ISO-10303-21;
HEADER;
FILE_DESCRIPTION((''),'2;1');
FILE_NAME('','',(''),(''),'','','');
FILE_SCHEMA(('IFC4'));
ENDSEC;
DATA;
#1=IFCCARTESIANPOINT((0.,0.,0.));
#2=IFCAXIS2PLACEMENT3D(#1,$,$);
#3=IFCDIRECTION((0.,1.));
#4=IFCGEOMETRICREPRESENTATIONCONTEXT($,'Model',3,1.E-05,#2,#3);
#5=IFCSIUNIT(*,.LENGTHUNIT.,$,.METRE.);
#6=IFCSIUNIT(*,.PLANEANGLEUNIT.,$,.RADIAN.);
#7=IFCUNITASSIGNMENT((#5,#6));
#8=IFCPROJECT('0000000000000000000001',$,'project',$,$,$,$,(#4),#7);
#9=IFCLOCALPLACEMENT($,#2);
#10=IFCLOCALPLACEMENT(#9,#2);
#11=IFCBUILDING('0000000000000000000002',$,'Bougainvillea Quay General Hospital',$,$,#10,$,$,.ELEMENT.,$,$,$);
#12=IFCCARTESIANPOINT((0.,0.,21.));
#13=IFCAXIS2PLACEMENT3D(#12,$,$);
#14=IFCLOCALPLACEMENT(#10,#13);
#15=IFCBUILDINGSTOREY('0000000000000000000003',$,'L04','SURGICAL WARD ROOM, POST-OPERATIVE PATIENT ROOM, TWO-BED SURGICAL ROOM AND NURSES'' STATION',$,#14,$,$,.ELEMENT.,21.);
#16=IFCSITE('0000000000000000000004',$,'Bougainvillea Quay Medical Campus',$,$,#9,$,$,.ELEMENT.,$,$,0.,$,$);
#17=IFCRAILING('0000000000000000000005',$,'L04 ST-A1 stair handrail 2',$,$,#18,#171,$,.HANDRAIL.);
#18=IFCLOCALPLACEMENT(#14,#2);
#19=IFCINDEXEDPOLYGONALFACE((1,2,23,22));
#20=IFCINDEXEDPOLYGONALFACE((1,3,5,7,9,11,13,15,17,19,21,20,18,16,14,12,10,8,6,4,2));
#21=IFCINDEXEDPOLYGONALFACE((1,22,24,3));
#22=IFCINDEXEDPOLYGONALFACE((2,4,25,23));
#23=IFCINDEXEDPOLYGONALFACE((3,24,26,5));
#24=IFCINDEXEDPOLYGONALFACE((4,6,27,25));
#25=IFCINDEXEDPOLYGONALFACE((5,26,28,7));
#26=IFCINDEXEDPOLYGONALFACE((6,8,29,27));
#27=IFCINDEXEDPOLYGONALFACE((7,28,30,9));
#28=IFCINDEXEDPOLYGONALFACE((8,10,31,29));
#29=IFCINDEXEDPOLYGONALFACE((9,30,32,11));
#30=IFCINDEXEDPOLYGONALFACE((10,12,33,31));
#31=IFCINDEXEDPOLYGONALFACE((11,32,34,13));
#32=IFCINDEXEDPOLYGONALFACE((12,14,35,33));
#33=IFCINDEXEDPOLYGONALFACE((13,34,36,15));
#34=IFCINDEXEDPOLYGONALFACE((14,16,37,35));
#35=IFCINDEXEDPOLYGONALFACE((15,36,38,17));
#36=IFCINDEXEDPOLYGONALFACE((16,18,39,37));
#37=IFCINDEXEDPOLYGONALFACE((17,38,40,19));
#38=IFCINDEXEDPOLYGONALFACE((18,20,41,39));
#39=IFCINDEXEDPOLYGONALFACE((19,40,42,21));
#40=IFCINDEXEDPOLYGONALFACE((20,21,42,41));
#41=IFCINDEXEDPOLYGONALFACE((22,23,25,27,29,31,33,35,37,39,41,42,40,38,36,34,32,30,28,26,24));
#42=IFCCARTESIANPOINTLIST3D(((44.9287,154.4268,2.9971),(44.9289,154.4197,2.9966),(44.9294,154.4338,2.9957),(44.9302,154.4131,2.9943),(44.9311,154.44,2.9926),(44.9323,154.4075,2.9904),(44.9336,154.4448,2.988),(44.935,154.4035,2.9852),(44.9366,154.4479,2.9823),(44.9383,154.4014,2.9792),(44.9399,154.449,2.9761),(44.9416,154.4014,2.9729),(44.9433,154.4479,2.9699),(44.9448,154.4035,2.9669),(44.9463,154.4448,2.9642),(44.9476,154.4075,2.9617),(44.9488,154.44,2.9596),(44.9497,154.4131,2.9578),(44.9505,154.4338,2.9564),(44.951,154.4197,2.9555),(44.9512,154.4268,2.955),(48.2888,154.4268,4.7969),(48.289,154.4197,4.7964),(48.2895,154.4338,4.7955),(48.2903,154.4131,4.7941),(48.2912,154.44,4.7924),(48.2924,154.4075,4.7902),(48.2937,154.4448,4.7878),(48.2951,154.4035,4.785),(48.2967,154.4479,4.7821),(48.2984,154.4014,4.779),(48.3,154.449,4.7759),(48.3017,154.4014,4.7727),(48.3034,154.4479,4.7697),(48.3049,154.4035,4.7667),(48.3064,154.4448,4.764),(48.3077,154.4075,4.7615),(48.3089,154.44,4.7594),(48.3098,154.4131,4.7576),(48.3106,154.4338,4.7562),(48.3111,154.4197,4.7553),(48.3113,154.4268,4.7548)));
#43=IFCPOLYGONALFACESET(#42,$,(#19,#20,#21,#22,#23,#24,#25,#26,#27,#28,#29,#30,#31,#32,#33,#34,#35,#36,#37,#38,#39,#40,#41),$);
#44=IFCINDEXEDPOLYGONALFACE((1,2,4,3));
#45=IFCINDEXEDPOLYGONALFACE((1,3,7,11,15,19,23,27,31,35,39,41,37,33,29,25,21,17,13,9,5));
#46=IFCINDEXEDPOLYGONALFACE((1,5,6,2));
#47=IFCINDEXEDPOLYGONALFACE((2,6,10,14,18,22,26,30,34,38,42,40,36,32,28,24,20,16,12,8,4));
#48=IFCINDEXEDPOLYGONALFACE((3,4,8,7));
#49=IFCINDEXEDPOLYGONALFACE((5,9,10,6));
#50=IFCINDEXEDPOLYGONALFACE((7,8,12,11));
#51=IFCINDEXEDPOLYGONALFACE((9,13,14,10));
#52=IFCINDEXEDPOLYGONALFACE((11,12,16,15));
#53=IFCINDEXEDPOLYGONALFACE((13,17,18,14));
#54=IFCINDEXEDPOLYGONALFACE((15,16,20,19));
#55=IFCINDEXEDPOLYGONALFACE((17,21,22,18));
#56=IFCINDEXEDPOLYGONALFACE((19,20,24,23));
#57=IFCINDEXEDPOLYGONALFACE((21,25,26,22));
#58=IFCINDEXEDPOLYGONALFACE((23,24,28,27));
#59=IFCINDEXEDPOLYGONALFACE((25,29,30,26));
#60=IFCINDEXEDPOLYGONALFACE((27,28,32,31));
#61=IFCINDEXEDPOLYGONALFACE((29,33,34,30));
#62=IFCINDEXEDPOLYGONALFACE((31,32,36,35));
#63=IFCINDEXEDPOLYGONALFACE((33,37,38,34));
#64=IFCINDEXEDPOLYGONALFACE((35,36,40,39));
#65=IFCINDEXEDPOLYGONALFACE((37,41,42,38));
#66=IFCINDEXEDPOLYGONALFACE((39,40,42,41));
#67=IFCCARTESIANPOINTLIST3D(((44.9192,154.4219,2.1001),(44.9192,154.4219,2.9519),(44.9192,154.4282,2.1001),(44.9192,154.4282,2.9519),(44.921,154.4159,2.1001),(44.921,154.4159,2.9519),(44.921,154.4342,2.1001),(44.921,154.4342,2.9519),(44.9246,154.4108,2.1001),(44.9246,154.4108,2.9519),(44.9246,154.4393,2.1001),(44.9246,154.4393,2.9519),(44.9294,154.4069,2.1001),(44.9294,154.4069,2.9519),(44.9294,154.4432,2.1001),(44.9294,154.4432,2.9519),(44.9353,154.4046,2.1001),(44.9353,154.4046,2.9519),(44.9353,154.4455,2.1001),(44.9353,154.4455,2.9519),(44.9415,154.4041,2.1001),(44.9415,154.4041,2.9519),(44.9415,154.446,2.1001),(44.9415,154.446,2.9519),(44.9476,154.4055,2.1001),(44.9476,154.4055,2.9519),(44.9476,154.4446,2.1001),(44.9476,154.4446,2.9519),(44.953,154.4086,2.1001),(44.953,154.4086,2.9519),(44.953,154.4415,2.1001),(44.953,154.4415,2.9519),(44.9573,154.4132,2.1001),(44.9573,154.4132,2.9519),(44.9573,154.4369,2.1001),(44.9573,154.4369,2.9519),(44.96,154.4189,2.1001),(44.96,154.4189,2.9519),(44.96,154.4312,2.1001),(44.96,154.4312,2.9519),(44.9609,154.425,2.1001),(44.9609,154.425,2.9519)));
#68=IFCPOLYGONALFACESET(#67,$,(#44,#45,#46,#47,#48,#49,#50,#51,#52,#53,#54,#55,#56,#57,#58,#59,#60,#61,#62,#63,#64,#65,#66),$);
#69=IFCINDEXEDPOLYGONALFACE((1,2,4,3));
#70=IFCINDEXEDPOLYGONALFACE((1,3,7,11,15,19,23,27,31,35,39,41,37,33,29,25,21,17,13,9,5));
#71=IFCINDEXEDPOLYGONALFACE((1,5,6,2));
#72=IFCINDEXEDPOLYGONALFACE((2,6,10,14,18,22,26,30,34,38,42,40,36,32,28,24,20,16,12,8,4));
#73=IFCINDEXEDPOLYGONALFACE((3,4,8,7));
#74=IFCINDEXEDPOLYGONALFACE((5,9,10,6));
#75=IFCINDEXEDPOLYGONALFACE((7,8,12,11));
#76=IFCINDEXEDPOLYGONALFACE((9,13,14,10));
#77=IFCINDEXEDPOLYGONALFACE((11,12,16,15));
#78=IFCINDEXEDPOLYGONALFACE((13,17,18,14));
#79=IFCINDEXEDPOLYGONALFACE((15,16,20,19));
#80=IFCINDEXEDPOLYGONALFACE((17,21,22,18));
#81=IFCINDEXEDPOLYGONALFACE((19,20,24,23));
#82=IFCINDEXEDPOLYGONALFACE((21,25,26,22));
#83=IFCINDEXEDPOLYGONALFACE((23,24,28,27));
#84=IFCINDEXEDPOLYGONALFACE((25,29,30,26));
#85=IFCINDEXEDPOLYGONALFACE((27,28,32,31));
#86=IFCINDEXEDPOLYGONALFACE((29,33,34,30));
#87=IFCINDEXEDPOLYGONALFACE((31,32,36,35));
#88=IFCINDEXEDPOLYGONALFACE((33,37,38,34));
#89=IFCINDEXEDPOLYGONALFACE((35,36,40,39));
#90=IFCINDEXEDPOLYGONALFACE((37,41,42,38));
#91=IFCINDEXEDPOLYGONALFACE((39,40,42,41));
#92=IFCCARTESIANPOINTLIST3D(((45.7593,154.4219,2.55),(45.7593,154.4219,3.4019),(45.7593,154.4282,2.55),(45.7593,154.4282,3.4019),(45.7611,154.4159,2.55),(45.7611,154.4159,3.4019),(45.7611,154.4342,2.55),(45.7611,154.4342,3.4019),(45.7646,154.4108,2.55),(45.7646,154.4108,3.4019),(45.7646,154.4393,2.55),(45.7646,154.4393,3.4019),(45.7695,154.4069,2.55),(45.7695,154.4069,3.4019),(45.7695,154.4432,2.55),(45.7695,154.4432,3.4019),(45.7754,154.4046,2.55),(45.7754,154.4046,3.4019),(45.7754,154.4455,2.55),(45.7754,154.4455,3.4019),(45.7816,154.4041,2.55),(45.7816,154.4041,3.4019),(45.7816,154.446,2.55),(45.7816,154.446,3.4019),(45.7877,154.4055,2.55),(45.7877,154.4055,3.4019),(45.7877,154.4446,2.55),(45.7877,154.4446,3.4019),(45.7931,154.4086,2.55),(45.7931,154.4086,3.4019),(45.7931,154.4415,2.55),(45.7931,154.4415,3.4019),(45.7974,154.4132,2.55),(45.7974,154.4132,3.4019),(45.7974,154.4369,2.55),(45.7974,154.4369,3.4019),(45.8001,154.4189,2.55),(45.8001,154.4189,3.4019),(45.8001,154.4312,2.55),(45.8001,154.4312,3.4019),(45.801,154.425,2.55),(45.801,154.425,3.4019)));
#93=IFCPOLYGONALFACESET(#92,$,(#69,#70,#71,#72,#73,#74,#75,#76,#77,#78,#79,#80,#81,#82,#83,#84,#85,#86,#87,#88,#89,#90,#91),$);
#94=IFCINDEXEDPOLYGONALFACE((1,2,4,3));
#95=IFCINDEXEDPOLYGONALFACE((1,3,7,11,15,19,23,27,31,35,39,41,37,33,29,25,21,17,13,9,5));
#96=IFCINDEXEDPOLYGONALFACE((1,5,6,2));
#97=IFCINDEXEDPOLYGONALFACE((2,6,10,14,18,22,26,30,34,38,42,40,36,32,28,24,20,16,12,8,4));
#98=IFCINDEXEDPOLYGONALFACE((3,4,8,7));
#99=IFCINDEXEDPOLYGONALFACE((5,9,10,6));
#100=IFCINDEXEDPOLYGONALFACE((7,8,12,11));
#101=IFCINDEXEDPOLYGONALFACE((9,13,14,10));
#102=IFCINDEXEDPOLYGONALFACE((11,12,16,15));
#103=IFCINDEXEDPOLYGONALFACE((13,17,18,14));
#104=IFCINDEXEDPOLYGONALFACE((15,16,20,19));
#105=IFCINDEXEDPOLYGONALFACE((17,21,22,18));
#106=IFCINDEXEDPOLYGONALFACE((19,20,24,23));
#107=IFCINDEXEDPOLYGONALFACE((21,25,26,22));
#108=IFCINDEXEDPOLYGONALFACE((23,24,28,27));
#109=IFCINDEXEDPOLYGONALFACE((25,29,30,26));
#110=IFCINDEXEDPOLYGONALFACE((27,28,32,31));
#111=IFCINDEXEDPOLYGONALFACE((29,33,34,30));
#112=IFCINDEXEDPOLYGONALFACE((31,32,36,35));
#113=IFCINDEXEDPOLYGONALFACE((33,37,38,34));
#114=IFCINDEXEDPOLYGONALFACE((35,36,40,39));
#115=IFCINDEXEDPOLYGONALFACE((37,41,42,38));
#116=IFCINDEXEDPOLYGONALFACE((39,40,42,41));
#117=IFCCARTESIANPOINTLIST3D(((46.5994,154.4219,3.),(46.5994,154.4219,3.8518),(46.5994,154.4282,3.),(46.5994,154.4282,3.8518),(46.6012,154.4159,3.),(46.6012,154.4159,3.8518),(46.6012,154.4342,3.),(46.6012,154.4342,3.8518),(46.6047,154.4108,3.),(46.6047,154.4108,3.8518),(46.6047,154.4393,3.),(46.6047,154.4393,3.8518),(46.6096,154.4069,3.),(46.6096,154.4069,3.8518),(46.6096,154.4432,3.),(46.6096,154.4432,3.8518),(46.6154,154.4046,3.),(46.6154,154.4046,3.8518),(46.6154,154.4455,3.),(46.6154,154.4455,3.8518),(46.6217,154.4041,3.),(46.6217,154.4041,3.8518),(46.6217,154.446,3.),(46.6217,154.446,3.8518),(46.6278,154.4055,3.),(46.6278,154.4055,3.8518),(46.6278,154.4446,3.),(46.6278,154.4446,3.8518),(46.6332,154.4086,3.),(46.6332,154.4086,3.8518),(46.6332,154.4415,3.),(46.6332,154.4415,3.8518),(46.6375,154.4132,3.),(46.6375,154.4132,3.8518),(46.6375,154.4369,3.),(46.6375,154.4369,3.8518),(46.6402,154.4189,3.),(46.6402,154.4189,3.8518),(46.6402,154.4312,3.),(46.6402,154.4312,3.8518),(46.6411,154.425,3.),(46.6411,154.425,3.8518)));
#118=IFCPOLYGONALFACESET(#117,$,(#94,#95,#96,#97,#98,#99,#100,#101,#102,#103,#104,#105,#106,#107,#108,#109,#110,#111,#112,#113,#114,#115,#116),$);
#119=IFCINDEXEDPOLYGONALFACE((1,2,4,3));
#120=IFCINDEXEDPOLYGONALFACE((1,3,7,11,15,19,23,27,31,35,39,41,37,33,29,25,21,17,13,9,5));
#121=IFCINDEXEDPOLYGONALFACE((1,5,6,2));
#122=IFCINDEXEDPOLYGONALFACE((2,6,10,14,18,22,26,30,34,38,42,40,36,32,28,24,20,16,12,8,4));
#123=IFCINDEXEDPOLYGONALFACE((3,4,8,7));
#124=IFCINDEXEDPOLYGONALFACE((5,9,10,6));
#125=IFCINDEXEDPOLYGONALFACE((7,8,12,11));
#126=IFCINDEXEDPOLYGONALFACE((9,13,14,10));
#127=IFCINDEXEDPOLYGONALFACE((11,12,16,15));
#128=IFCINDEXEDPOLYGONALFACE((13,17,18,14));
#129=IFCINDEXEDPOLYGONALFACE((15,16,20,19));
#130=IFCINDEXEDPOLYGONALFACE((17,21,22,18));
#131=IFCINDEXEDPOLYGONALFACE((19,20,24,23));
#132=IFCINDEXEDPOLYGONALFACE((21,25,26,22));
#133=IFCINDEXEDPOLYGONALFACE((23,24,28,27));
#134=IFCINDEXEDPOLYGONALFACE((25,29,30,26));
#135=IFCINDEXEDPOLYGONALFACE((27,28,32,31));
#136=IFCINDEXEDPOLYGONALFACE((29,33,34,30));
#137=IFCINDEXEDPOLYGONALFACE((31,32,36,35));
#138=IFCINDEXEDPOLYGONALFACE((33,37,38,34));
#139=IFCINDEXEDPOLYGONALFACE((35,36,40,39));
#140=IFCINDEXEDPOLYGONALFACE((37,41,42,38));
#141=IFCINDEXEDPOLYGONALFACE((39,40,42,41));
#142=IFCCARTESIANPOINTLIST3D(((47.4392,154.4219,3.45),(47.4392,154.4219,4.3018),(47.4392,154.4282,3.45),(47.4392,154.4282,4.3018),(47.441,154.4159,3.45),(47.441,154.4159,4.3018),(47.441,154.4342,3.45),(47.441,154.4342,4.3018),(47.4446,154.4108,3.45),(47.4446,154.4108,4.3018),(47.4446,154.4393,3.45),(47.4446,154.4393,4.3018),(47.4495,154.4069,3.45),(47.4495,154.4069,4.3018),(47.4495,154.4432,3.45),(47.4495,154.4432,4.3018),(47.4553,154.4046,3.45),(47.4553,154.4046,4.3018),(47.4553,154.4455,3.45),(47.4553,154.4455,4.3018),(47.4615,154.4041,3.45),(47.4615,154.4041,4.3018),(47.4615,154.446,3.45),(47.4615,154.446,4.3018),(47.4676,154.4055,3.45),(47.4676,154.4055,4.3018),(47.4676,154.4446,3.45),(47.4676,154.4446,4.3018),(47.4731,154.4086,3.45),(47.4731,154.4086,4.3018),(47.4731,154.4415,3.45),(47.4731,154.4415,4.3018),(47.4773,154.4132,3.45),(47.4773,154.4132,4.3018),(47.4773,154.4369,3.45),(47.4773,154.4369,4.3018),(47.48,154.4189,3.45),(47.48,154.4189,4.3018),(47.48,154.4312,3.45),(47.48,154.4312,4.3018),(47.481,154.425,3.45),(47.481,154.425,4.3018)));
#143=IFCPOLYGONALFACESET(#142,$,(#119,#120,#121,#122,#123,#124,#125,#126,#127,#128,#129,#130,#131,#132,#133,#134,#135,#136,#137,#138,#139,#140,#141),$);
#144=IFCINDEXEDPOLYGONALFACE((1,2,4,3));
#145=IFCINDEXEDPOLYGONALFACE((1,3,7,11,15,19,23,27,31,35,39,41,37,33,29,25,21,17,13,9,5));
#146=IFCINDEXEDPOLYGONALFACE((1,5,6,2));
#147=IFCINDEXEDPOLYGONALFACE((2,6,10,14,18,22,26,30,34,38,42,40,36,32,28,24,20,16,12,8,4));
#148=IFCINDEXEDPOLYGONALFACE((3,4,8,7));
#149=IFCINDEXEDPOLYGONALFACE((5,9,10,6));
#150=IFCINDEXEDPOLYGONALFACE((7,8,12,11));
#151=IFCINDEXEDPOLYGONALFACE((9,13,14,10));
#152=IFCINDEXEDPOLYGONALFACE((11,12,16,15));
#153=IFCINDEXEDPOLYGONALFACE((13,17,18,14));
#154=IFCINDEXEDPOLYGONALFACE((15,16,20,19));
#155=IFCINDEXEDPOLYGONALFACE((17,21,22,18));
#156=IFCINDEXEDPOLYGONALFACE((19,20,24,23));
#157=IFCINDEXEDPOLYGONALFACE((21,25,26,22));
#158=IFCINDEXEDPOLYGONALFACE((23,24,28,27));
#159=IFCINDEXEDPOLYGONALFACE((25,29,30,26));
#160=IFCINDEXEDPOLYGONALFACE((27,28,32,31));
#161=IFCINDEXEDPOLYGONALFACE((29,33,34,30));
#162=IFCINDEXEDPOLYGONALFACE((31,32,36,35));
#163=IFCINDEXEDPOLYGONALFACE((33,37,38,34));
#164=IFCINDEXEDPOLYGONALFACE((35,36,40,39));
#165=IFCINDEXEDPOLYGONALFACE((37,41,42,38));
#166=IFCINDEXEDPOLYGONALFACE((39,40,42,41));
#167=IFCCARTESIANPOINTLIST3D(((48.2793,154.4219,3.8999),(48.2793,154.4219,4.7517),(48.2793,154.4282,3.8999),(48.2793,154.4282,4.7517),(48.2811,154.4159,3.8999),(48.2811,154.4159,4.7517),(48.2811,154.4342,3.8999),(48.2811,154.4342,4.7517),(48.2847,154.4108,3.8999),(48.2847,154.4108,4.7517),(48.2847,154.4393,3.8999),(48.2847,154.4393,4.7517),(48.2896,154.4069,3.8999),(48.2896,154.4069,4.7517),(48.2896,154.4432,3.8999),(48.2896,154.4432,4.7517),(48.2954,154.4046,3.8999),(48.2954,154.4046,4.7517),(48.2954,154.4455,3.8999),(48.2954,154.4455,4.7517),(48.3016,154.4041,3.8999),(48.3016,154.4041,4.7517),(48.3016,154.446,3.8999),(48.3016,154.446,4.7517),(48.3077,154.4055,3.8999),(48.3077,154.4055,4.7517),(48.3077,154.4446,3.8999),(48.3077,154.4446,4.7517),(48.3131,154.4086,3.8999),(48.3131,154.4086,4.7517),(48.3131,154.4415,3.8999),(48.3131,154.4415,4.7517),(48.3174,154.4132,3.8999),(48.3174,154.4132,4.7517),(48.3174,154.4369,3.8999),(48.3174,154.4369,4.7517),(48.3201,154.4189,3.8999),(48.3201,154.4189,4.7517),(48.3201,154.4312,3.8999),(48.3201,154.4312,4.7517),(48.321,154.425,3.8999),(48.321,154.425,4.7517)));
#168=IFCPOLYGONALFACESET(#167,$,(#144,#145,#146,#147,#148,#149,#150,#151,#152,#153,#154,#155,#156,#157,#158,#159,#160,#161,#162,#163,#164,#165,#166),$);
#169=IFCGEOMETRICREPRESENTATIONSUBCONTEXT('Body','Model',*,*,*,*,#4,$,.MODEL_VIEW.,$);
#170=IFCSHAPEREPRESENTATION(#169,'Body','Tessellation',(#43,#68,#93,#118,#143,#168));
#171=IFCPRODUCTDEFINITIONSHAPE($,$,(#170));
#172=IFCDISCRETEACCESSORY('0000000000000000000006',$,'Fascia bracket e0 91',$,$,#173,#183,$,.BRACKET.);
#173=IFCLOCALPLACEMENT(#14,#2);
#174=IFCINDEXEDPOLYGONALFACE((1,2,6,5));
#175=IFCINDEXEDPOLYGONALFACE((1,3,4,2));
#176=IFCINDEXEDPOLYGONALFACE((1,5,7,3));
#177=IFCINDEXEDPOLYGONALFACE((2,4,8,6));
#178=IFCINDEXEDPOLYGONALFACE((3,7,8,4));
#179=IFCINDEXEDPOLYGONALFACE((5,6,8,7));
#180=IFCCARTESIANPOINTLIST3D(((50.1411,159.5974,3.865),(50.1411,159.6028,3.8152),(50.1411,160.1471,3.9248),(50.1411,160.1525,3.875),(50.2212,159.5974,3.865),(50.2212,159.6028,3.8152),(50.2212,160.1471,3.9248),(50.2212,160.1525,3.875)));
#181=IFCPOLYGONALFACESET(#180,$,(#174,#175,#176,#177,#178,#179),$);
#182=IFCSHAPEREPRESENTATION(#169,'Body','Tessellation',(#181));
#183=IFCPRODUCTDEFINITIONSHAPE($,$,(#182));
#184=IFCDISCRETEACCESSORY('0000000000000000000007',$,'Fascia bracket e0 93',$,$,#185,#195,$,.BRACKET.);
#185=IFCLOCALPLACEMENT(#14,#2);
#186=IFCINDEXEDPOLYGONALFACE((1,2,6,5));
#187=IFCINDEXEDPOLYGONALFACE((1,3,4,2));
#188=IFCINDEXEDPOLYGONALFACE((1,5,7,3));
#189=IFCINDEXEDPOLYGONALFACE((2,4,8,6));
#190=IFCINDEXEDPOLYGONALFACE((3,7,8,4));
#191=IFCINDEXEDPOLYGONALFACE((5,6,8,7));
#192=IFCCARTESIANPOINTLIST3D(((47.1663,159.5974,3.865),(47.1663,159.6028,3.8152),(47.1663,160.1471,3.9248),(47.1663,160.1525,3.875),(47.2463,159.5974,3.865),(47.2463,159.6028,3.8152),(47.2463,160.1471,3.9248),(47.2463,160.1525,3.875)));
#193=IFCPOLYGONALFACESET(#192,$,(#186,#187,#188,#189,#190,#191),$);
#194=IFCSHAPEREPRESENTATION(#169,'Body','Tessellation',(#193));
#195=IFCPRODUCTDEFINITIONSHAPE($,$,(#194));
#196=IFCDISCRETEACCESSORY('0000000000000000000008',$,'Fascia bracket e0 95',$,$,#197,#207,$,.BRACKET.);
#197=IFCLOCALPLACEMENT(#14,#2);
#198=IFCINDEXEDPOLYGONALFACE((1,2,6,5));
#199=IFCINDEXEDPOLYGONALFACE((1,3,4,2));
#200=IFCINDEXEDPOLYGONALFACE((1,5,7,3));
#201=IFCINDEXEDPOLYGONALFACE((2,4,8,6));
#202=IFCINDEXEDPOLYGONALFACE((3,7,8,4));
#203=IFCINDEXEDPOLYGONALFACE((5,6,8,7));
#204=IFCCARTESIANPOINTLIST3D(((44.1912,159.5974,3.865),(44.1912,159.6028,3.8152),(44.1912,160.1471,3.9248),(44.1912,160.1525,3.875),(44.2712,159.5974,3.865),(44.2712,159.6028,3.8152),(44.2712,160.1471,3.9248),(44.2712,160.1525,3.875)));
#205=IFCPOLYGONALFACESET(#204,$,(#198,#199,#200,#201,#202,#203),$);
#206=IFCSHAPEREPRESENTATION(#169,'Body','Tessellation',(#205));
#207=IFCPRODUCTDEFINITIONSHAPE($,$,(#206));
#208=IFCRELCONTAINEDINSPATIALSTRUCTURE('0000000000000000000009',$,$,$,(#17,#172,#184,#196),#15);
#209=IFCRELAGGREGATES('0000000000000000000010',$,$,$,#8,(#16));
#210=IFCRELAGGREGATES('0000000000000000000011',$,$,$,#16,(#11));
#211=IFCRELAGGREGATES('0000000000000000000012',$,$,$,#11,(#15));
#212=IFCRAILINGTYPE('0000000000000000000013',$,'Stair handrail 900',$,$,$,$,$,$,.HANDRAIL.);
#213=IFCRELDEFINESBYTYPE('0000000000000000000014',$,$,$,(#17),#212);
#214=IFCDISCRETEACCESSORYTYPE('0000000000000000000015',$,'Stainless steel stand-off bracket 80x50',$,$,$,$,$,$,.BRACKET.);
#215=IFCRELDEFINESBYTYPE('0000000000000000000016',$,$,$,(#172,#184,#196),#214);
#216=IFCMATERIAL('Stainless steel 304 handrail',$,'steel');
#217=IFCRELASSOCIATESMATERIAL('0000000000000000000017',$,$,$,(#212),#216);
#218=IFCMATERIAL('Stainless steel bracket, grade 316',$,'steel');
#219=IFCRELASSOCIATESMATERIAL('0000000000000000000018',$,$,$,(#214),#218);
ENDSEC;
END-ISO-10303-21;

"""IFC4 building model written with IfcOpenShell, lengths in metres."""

from ifc_helpers import new_model, si_unit, direction, frame, origin, origin_2d, place, context, subcontext, project, spatial, rectangle, circle, extrude, material, material_profile, profile_set, type_object, element, save


model = new_model("IFC4")

# Units and contexts
model_context = context("Model", 3, precision=1e-05, world=origin(), true_north=direction((0.0, 1.0)))
body_context = subcontext(model_context, "Body", "Model", "MODEL_VIEW")
ifc_project = project(units=[si_unit("LENGTHUNIT", "METRE"), si_unit("PLANEANGLEUNIT", "RADIAN")], contexts=[model_context])

# Site, building, storey
site_placement = place(None, origin())
site = spatial("IfcSite", under=ifc_project, at=site_placement, Name="Bougainvillea Quay Medical Campus", CompositionType="ELEMENT", RefElevation=0.0)
building_placement = place(site_placement, origin())
building = spatial("IfcBuilding", under=site, at=building_placement, Name="Bougainvillea Quay General Hospital", CompositionType="ELEMENT")
storey_placement = place(building_placement, frame((0.0, 0.0, 21.0)))
storey = spatial("IfcBuildingStorey", under=building, at=storey_placement, Name="L04", Description="SURGICAL WARD ROOM, POST-OPERATIVE PATIENT ROOM, TWO-BED SURGICAL ROOM AND NURSES' STATION", CompositionType="ELEMENT", Elevation=21.0)

# Railing
ifc_material_1 = material(Name="Stainless steel 304 handrail", Category="steel")
railing_type_1 = type_object("IfcRailingType", Name="Stair handrail 900", PredefinedType="HANDRAIL", material=ifc_material_1)
railing_1_placement = place(storey_placement, frame((44.9399, 154.425, 2.1001)))
element("IfcRailing", 1, at=railing_1_placement, inside=storey, type_object=railing_type_1, Name="L04 ST-A1 stair handrail 2", PredefinedType="HANDRAIL", context=body_context, shape_type="SweptSolid", body=[
    extrude(circle(Radius=0.0239, at=origin_2d()), frame((0.0, 0.0, 0.876), z_axis=(0.881508, 0.0, 0.47217), x_axis=(0.0, 1.0, 0.0)), (0.0, 0.0, 1.0), 3.8118),
    extrude(circle(Radius=0.021, at=origin_2d()), origin(), (0.0, 0.0, 1.0), 0.8518),
    extrude(circle(Radius=0.021, at=origin_2d()), frame((0.8401, 0.0, 0.45)), (0.0, 0.0, 1.0), 0.8518),
    extrude(circle(Radius=0.021, at=origin_2d()), frame((1.6802, 0.0, 0.8999)), (0.0, 0.0, 1.0), 0.8518),
    extrude(circle(Radius=0.021, at=origin_2d()), frame((2.52, 0.0, 1.3499)), (0.0, 0.0, 1.0), 0.8518),
    extrude(circle(Radius=0.021, at=origin_2d()), frame((3.3601, 0.0, 1.7998)), (0.0, 0.0, 1.0), 0.8518),
])

# Discrete accessories
ifc_material_2 = material(Name="Stainless steel bracket, grade 316", Category="steel")
ifc_material_profile_1 = material_profile(ifc_material_2, rectangle(XDim=0.0801, YDim=0.05, at=origin_2d()))
ifc_profile_set_1 = profile_set([ifc_material_profile_1], Name="Stainless steel bracket, grade 316")
discrete_accessory_type = type_object("IfcDiscreteAccessoryType", Name="Stainless steel stand-off bracket 80x50", PredefinedType="BRACKET", material=ifc_profile_set_1)
for number, where, z_axis, x_axis, name in (
    (2, (50.1812, 159.6001, 3.8401), (0.0, 0.994134, 0.108154), (-1.0, 0.0, 0.0), "Fascia bracket e0 91"),
    (3, (47.2063, 159.6001, 3.8401), (0.0, 0.994134, 0.108154), (-1.0, 0.0, 0.0), "Fascia bracket e0 93"),
    (4, (44.2312, 159.6001, 3.8401), (0.0, 0.994134, 0.108154), (-1.0, 0.0, 0.0), "Fascia bracket e0 95"),
):
    element("IfcDiscreteAccessory", number, at=place(storey_placement, frame(where, z_axis=z_axis, x_axis=x_axis)), inside=storey, type_object=discrete_accessory_type, Name=name, PredefinedType="BRACKET", context=body_context, shape_type="SweptSolid", body=[
        extrude(rectangle(XDim=0.0801, YDim=0.05, at=origin_2d()), origin(), (0.0, 0.0, 1.0), 0.553),
    ])

save(model, "model.ifc")
